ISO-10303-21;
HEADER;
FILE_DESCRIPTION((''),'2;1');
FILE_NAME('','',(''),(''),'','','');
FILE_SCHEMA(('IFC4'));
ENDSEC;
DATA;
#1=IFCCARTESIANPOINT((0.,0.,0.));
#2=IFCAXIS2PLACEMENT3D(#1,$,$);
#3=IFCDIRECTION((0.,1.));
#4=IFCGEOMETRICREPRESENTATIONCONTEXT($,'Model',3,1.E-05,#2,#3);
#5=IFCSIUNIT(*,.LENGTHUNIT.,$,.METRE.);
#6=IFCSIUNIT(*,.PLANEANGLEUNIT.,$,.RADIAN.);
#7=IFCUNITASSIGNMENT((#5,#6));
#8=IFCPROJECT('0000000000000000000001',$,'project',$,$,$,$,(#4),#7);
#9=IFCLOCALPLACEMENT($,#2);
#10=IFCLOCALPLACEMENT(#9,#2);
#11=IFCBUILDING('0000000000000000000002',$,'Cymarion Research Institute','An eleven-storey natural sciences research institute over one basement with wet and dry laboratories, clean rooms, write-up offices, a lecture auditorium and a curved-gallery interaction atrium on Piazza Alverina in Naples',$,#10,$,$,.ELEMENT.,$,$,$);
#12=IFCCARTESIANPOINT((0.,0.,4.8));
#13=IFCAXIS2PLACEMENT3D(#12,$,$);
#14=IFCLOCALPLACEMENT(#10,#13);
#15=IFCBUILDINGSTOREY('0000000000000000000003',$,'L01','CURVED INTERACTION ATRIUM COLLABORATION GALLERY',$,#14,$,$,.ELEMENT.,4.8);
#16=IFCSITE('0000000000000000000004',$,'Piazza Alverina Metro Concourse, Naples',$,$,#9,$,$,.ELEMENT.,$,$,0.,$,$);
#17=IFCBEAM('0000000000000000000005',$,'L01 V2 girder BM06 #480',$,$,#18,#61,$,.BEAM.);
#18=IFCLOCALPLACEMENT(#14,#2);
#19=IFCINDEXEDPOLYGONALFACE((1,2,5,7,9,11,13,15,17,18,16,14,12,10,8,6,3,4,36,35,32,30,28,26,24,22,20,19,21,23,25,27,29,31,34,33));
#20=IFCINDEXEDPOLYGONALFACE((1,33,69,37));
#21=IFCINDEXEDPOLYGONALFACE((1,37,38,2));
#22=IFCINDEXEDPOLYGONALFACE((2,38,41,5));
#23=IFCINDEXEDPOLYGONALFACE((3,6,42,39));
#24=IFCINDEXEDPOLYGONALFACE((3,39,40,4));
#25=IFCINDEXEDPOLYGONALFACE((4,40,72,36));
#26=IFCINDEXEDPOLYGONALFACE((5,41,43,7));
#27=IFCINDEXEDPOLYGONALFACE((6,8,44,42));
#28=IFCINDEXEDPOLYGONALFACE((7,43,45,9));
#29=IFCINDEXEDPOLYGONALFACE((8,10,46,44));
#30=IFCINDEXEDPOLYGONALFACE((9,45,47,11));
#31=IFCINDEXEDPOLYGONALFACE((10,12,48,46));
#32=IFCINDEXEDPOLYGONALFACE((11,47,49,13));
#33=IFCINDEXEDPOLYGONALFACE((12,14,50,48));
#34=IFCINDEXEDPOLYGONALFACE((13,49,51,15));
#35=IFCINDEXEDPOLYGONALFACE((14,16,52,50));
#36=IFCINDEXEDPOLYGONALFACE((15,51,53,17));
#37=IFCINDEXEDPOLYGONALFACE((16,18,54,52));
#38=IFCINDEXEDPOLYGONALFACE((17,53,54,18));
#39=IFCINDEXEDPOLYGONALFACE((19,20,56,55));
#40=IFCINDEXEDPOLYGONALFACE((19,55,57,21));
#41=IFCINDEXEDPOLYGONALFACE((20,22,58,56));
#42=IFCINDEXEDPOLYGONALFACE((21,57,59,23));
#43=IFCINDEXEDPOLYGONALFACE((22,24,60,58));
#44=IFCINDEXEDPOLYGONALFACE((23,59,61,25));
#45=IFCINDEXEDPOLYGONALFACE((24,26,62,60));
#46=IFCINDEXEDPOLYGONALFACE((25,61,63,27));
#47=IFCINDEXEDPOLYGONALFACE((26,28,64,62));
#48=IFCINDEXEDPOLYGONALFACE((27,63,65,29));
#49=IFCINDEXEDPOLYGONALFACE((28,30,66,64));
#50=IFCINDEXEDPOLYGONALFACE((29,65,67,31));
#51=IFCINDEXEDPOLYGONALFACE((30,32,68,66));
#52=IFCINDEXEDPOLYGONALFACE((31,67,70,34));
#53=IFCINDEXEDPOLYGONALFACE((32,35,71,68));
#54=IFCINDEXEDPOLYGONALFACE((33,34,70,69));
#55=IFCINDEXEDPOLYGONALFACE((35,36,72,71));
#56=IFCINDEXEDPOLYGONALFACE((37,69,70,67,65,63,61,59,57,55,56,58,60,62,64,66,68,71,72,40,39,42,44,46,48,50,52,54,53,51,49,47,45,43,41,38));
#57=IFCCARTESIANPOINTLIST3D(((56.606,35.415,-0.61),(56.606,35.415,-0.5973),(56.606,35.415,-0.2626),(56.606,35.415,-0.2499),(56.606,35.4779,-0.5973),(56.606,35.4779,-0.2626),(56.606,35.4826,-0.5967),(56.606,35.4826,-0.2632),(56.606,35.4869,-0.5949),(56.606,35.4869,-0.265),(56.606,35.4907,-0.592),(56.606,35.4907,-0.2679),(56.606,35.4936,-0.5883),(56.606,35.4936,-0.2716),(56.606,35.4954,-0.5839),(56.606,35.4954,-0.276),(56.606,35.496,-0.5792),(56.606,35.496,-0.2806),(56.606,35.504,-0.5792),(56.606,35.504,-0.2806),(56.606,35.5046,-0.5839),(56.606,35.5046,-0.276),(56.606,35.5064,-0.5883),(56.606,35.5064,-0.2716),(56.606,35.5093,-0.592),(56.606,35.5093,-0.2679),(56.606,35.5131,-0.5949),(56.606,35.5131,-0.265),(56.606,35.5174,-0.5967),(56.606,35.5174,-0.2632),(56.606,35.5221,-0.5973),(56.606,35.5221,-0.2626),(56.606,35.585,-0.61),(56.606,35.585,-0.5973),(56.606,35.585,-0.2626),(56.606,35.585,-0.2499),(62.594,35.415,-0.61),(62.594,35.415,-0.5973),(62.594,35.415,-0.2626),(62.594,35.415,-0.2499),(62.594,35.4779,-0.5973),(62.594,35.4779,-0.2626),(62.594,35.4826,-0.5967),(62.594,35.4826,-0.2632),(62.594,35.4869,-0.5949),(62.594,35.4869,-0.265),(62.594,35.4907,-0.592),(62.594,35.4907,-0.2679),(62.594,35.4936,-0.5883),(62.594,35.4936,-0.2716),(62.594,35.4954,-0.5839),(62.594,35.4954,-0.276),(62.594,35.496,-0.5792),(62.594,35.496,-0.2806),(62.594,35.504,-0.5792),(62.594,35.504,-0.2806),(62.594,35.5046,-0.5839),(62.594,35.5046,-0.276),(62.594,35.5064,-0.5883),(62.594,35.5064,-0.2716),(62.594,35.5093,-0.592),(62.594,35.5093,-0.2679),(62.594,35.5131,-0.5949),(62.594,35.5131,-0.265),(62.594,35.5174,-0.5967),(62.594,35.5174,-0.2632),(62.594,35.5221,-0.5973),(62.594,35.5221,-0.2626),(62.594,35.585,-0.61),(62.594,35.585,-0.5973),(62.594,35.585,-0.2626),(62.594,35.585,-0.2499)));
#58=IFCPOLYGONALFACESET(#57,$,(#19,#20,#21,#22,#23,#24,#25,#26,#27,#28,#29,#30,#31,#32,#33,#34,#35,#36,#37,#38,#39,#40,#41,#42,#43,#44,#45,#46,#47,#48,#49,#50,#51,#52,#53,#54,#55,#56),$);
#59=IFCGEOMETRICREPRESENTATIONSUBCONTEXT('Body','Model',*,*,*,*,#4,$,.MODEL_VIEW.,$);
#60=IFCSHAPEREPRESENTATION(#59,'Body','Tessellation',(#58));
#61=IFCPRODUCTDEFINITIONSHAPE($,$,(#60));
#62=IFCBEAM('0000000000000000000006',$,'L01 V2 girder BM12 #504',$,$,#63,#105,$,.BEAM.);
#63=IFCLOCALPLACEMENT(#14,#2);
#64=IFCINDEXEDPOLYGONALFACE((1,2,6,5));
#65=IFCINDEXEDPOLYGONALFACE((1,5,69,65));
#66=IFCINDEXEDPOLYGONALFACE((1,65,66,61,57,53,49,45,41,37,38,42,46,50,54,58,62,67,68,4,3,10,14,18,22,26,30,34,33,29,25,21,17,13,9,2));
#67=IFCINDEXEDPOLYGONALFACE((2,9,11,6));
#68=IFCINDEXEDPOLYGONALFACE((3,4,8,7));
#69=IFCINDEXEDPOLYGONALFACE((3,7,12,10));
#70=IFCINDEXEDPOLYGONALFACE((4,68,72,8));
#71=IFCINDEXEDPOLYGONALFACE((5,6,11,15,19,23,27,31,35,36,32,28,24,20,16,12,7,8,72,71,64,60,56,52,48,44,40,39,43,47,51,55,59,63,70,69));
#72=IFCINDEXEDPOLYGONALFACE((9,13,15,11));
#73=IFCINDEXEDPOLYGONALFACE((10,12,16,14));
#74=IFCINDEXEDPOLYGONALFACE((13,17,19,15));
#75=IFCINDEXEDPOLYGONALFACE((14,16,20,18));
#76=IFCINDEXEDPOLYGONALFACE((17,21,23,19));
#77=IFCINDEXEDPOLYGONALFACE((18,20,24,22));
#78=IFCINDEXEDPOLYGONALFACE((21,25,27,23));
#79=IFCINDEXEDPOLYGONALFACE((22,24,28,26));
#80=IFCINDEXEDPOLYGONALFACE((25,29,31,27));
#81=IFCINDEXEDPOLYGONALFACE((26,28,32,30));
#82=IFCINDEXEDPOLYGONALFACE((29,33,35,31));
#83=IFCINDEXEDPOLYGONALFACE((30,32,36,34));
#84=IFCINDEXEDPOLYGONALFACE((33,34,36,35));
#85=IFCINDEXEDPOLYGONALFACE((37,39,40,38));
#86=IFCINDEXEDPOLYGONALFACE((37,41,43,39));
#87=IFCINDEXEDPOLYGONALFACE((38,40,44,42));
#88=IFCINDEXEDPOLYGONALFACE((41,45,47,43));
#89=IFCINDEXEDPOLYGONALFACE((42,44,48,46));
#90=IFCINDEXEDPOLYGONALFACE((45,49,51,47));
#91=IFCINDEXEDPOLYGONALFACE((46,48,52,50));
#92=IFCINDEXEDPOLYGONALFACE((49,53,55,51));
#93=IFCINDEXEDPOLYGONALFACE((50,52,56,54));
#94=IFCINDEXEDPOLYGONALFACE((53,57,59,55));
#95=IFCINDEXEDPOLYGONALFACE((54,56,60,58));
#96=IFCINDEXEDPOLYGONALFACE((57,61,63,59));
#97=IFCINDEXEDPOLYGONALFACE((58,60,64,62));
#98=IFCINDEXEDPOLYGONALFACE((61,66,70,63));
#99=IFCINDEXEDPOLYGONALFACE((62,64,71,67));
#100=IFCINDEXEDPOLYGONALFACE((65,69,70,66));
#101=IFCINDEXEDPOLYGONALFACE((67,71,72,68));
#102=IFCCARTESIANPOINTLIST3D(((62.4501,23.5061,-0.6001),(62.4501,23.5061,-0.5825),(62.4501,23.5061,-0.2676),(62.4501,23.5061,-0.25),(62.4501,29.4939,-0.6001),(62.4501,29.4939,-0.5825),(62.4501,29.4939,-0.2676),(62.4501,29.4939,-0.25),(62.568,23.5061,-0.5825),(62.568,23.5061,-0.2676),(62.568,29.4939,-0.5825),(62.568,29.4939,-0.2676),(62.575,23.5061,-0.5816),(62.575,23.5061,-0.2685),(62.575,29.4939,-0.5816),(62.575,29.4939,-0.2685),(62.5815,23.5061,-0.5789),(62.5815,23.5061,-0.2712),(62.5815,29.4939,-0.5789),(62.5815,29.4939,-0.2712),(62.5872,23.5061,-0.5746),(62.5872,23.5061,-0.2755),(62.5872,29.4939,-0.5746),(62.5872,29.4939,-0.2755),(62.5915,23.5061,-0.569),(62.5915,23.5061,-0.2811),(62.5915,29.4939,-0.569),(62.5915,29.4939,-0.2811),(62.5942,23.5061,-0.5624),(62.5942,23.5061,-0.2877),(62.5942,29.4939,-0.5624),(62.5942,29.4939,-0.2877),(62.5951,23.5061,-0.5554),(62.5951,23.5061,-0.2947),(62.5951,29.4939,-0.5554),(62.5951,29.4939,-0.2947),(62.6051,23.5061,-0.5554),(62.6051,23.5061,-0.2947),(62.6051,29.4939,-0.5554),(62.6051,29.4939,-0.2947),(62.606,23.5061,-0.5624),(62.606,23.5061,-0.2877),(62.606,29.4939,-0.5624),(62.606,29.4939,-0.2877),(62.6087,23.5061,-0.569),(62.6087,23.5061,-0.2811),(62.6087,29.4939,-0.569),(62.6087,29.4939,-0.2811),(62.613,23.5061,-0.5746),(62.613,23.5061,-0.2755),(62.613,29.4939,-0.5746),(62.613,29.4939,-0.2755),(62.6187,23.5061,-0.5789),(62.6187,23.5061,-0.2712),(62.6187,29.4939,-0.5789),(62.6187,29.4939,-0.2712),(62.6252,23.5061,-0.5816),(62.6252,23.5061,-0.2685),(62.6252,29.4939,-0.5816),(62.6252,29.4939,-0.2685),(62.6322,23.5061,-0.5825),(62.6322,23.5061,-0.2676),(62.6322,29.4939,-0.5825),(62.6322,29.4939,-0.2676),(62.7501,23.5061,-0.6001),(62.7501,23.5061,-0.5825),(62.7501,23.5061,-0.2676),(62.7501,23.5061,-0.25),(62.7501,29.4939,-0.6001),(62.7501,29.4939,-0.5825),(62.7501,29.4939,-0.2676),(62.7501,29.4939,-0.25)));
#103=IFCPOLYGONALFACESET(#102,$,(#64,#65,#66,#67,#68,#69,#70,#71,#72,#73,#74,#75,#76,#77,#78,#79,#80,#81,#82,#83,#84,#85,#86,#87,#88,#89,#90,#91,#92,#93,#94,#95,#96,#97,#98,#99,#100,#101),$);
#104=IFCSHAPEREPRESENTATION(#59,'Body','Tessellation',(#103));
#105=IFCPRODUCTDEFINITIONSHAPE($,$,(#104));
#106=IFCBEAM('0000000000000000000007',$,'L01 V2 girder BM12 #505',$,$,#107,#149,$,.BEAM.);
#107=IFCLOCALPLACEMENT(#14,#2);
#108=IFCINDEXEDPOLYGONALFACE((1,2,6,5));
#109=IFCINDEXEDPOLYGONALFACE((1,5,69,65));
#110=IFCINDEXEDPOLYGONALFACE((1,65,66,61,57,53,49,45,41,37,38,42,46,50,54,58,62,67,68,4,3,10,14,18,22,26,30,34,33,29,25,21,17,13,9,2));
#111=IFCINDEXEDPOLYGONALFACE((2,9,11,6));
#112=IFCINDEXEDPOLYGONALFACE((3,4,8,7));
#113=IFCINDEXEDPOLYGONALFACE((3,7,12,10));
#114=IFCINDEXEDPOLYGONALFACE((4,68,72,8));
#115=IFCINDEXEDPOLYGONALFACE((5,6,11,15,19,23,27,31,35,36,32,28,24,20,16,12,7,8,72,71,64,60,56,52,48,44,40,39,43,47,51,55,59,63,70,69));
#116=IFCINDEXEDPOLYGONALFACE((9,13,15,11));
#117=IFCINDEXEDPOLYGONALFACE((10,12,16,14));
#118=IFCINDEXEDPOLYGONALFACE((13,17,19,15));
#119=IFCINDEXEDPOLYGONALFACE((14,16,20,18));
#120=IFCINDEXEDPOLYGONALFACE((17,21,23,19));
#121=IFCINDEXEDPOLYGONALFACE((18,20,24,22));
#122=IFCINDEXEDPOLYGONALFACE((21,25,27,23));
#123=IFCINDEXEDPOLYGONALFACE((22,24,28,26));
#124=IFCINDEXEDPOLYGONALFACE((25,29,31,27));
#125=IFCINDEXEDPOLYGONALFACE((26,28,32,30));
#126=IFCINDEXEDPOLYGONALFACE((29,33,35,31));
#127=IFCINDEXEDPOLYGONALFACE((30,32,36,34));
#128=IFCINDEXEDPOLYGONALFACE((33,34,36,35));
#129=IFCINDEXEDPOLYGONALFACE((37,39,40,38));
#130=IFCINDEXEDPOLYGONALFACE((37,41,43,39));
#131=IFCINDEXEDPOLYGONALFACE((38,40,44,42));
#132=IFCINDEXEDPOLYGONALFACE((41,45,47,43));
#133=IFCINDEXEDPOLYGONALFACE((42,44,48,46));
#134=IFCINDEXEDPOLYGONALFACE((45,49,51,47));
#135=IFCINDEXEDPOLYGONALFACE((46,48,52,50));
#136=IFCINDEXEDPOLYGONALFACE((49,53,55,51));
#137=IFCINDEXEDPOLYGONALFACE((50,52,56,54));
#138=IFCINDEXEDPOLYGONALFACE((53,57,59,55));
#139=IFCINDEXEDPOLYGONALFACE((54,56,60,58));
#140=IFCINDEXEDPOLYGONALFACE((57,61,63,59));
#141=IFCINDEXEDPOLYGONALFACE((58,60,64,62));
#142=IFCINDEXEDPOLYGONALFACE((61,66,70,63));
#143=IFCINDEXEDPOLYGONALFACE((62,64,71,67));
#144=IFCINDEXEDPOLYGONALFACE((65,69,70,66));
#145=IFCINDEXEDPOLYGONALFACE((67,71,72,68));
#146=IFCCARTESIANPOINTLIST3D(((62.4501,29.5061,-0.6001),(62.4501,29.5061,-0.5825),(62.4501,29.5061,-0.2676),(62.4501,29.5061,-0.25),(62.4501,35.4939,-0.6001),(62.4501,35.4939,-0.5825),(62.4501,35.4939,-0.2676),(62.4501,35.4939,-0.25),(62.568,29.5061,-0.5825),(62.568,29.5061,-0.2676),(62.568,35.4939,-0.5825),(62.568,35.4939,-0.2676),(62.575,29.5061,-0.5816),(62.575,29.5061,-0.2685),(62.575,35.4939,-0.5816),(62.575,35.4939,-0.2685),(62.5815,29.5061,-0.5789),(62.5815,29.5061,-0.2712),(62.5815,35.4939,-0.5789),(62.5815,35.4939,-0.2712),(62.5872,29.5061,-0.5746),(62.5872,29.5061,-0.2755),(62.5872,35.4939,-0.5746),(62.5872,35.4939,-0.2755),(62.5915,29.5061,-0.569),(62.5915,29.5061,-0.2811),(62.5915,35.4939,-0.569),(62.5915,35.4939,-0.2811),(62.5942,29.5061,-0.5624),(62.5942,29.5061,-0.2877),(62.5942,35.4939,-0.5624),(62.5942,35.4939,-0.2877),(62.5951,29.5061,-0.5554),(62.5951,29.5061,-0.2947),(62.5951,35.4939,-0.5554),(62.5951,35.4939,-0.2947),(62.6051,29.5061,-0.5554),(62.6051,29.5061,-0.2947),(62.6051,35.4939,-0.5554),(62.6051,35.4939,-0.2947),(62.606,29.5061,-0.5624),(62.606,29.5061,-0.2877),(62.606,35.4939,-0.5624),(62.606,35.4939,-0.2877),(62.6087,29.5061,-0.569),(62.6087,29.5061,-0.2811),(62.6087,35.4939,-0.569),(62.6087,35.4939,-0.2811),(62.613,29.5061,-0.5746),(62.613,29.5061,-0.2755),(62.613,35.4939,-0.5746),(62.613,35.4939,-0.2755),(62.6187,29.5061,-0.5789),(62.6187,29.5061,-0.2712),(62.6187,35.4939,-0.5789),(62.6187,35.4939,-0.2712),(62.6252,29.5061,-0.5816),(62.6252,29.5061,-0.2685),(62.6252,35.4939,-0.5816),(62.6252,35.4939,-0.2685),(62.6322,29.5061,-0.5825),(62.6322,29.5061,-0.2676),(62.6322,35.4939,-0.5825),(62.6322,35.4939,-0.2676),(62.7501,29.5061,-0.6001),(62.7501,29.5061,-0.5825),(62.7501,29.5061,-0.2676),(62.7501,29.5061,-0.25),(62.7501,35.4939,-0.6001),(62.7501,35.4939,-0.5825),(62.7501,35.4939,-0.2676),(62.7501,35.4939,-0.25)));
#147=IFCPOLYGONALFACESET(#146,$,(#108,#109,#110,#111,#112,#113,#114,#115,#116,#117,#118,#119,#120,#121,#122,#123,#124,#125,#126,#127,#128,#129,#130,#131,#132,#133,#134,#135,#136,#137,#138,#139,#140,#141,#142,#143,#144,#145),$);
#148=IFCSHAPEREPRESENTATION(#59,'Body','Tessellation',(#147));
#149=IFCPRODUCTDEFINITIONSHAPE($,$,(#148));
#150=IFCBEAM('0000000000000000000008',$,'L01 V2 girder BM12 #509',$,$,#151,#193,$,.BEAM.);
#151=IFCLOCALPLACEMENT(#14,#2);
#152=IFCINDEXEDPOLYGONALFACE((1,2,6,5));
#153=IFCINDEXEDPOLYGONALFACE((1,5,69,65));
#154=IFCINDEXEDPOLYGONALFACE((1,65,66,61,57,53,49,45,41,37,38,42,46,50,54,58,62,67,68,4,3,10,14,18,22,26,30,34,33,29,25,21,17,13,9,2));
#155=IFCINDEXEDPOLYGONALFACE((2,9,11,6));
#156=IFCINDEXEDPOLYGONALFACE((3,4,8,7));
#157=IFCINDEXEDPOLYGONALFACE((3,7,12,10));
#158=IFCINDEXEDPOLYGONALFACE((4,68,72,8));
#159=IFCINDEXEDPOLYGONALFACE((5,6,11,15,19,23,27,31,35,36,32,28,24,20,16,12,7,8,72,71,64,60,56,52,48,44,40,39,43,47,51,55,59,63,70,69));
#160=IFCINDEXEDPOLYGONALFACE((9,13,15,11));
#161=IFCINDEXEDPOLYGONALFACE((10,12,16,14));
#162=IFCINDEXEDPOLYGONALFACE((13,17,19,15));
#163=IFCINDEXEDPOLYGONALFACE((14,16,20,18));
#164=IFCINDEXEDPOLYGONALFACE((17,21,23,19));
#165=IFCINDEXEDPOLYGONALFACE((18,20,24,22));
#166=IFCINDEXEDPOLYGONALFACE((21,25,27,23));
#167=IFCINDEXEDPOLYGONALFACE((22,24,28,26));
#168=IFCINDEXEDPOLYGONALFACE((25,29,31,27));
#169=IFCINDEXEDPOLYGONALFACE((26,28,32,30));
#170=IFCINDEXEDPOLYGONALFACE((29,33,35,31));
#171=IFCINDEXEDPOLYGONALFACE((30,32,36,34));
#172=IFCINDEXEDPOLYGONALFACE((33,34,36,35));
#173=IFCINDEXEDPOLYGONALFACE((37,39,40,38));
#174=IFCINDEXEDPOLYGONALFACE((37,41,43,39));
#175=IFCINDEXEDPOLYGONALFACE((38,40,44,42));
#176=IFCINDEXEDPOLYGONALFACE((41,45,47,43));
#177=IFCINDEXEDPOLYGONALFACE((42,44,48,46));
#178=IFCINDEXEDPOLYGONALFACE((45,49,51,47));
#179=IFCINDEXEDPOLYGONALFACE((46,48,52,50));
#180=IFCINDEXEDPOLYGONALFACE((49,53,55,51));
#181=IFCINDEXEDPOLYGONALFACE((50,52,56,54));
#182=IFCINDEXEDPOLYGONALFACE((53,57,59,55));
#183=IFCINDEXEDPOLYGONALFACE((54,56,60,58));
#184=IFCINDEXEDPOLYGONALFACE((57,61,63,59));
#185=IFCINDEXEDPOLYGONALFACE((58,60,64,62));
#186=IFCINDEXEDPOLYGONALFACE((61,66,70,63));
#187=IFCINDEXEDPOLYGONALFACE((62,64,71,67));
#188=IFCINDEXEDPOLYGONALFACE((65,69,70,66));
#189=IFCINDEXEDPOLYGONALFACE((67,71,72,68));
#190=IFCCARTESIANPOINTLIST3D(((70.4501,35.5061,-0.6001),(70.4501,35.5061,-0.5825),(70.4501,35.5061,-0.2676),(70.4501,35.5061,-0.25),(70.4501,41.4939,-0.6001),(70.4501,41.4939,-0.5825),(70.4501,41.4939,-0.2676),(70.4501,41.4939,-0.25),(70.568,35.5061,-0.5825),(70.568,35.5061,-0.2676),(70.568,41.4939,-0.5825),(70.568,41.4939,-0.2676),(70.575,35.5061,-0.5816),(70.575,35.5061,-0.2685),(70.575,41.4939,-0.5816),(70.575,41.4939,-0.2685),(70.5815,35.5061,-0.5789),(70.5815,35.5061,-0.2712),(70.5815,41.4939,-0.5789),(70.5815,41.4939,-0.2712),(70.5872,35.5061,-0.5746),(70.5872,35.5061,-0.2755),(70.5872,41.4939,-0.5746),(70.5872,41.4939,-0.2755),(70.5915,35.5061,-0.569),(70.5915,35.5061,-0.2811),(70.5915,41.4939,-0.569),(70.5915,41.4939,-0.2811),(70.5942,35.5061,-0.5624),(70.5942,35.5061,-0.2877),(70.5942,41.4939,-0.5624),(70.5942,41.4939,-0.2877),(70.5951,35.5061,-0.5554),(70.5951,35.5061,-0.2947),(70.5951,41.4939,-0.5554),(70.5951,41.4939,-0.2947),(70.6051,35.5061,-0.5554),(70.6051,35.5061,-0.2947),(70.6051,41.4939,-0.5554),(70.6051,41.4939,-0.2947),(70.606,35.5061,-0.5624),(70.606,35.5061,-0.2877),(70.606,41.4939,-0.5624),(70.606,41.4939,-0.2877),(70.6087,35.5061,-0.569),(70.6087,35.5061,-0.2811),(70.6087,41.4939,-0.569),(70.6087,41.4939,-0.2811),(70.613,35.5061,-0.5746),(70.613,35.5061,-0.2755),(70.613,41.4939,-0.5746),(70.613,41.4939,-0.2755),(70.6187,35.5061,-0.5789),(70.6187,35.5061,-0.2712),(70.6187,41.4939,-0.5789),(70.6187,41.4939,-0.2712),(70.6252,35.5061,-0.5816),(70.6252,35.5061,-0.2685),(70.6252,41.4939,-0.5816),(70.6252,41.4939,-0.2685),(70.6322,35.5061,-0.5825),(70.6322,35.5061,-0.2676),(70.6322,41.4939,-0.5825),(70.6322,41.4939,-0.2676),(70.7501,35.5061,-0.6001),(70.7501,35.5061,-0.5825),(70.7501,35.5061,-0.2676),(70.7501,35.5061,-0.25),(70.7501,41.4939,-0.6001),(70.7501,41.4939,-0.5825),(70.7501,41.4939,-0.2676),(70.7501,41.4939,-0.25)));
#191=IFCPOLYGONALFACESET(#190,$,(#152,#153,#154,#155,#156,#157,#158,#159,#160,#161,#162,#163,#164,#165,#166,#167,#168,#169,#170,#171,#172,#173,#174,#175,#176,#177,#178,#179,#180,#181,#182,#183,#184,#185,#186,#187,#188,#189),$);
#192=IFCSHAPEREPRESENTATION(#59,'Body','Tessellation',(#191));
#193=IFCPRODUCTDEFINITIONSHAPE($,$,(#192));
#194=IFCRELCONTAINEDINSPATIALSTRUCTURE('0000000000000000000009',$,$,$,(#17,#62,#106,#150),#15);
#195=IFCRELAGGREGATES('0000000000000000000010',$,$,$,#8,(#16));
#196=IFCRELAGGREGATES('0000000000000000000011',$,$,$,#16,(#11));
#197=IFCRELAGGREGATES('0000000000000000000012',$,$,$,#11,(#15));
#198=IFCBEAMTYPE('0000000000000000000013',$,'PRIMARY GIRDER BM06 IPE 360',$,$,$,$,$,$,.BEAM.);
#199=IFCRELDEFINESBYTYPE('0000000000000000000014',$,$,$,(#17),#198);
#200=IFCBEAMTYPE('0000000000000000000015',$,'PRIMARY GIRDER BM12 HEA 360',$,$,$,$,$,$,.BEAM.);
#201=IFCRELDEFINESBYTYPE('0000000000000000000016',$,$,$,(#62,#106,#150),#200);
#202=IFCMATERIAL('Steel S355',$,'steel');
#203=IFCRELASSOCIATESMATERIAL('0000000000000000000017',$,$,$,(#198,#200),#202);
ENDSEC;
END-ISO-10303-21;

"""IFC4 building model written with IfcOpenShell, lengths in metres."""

from ifc_helpers import new_model, si_unit, direction, frame, origin, origin_2d, place, context, subcontext, project, spatial, i_section, extrude, material, material_profile, profile_set, type_object, element, save


model = new_model("IFC4")

# Units and contexts
model_context = context("Model", 3, precision=1e-05, world=origin(), true_north=direction((0.0, 1.0)))
body_context = subcontext(model_context, "Body", "Model", "MODEL_VIEW")
ifc_project = project(units=[si_unit("LENGTHUNIT", "METRE"), si_unit("PLANEANGLEUNIT", "RADIAN")], contexts=[model_context])

# Site, building, storey
site_placement = place(None, origin())
site = spatial("IfcSite", under=ifc_project, at=site_placement, Name="Piazza Alverina Metro Concourse, Naples", CompositionType="ELEMENT", RefElevation=0.0)
building_placement = place(site_placement, origin())
building = spatial("IfcBuilding", under=site, at=building_placement, Name="Cymarion Research Institute", Description="An eleven-storey natural sciences research institute over one basement with wet and dry laboratories, clean rooms, write-up offices, a lecture auditorium and a curved-gallery interaction atrium on Piazza Alverina in Naples", CompositionType="ELEMENT")
storey_placement = place(building_placement, frame((0.0, 0.0, 4.8)))
storey = spatial("IfcBuildingStorey", under=building, at=storey_placement, Name="L01", Description="CURVED INTERACTION ATRIUM COLLABORATION GALLERY", CompositionType="ELEMENT", Elevation=4.8)

# Shared definitions
ifc_material_1 = material(Name="Steel S355", Category="steel")

# Beams
ifc_material_profile_1 = material_profile(ifc_material_1, i_section(OverallWidth=0.1699, OverallDepth=0.3601, WebThickness=0.0081, FlangeThickness=0.0127, FilletRadius=0.0181, at=origin_2d()), Name="IPE 360")
ifc_profile_set_1 = profile_set([ifc_material_profile_1], Name="Steel S355")
beam_type_1 = type_object("IfcBeamType", Name="PRIMARY GIRDER BM06 IPE 360", PredefinedType="BEAM", material=ifc_profile_set_1)
beam_1_placement = place(storey_placement, frame((56.606, 35.5, -0.4299), z_axis=(1.0, 0.0, 0.0), x_axis=(0.0, 1.0, 0.0)))
element("IfcBeam", 1, at=beam_1_placement, inside=storey, type_object=beam_type_1, Name="L01 V2 girder BM06 #480", PredefinedType="BEAM", context=body_context, shape_type="SweptSolid", body=[
    extrude(i_section(OverallWidth=0.1699, OverallDepth=0.3601, WebThickness=0.0081, FlangeThickness=0.0127, FilletRadius=0.0181, at=origin_2d()), origin(), (0.0, 0.0, 1.0), 5.988),
])
ifc_material_profile_2 = material_profile(ifc_material_1, i_section(OverallWidth=0.3, OverallDepth=0.3501, WebThickness=0.01, FlangeThickness=0.0176, FilletRadius=0.0271, at=origin_2d()), Name="HEA 360")
ifc_profile_set_2 = profile_set([ifc_material_profile_2], Name="Steel S355")
beam_type_2 = type_object("IfcBeamType", Name="PRIMARY GIRDER BM12 HEA 360", PredefinedType="BEAM", material=ifc_profile_set_2)
for number, where, z_axis, x_axis, name in (
    (2, (62.6001, 23.5061, -0.425), (0.0, 1.0, 0.0), (-1.0, 0.0, 0.0), "L01 V2 girder BM12 #504"),
    (3, (62.6001, 29.5061, -0.425), (0.0, 1.0, 0.0), (-1.0, 0.0, 0.0), "L01 V2 girder BM12 #505"),
    (4, (70.6001, 35.5061, -0.425), (0.0, 1.0, 0.0), (-1.0, 0.0, 0.0), "L01 V2 girder BM12 #509"),
):
    element("IfcBeam", number, at=place(storey_placement, frame(where, z_axis=z_axis, x_axis=x_axis)), inside=storey, type_object=beam_type_2, Name=name, PredefinedType="BEAM", context=body_context, shape_type="SweptSolid", body=[
        extrude(i_section(OverallWidth=0.3, OverallDepth=0.3501, WebThickness=0.01, FlangeThickness=0.0176, FilletRadius=0.0271, at=origin_2d()), origin(), (0.0, 0.0, 1.0), 5.9878),
    ])

save(model, "model.ifc")
